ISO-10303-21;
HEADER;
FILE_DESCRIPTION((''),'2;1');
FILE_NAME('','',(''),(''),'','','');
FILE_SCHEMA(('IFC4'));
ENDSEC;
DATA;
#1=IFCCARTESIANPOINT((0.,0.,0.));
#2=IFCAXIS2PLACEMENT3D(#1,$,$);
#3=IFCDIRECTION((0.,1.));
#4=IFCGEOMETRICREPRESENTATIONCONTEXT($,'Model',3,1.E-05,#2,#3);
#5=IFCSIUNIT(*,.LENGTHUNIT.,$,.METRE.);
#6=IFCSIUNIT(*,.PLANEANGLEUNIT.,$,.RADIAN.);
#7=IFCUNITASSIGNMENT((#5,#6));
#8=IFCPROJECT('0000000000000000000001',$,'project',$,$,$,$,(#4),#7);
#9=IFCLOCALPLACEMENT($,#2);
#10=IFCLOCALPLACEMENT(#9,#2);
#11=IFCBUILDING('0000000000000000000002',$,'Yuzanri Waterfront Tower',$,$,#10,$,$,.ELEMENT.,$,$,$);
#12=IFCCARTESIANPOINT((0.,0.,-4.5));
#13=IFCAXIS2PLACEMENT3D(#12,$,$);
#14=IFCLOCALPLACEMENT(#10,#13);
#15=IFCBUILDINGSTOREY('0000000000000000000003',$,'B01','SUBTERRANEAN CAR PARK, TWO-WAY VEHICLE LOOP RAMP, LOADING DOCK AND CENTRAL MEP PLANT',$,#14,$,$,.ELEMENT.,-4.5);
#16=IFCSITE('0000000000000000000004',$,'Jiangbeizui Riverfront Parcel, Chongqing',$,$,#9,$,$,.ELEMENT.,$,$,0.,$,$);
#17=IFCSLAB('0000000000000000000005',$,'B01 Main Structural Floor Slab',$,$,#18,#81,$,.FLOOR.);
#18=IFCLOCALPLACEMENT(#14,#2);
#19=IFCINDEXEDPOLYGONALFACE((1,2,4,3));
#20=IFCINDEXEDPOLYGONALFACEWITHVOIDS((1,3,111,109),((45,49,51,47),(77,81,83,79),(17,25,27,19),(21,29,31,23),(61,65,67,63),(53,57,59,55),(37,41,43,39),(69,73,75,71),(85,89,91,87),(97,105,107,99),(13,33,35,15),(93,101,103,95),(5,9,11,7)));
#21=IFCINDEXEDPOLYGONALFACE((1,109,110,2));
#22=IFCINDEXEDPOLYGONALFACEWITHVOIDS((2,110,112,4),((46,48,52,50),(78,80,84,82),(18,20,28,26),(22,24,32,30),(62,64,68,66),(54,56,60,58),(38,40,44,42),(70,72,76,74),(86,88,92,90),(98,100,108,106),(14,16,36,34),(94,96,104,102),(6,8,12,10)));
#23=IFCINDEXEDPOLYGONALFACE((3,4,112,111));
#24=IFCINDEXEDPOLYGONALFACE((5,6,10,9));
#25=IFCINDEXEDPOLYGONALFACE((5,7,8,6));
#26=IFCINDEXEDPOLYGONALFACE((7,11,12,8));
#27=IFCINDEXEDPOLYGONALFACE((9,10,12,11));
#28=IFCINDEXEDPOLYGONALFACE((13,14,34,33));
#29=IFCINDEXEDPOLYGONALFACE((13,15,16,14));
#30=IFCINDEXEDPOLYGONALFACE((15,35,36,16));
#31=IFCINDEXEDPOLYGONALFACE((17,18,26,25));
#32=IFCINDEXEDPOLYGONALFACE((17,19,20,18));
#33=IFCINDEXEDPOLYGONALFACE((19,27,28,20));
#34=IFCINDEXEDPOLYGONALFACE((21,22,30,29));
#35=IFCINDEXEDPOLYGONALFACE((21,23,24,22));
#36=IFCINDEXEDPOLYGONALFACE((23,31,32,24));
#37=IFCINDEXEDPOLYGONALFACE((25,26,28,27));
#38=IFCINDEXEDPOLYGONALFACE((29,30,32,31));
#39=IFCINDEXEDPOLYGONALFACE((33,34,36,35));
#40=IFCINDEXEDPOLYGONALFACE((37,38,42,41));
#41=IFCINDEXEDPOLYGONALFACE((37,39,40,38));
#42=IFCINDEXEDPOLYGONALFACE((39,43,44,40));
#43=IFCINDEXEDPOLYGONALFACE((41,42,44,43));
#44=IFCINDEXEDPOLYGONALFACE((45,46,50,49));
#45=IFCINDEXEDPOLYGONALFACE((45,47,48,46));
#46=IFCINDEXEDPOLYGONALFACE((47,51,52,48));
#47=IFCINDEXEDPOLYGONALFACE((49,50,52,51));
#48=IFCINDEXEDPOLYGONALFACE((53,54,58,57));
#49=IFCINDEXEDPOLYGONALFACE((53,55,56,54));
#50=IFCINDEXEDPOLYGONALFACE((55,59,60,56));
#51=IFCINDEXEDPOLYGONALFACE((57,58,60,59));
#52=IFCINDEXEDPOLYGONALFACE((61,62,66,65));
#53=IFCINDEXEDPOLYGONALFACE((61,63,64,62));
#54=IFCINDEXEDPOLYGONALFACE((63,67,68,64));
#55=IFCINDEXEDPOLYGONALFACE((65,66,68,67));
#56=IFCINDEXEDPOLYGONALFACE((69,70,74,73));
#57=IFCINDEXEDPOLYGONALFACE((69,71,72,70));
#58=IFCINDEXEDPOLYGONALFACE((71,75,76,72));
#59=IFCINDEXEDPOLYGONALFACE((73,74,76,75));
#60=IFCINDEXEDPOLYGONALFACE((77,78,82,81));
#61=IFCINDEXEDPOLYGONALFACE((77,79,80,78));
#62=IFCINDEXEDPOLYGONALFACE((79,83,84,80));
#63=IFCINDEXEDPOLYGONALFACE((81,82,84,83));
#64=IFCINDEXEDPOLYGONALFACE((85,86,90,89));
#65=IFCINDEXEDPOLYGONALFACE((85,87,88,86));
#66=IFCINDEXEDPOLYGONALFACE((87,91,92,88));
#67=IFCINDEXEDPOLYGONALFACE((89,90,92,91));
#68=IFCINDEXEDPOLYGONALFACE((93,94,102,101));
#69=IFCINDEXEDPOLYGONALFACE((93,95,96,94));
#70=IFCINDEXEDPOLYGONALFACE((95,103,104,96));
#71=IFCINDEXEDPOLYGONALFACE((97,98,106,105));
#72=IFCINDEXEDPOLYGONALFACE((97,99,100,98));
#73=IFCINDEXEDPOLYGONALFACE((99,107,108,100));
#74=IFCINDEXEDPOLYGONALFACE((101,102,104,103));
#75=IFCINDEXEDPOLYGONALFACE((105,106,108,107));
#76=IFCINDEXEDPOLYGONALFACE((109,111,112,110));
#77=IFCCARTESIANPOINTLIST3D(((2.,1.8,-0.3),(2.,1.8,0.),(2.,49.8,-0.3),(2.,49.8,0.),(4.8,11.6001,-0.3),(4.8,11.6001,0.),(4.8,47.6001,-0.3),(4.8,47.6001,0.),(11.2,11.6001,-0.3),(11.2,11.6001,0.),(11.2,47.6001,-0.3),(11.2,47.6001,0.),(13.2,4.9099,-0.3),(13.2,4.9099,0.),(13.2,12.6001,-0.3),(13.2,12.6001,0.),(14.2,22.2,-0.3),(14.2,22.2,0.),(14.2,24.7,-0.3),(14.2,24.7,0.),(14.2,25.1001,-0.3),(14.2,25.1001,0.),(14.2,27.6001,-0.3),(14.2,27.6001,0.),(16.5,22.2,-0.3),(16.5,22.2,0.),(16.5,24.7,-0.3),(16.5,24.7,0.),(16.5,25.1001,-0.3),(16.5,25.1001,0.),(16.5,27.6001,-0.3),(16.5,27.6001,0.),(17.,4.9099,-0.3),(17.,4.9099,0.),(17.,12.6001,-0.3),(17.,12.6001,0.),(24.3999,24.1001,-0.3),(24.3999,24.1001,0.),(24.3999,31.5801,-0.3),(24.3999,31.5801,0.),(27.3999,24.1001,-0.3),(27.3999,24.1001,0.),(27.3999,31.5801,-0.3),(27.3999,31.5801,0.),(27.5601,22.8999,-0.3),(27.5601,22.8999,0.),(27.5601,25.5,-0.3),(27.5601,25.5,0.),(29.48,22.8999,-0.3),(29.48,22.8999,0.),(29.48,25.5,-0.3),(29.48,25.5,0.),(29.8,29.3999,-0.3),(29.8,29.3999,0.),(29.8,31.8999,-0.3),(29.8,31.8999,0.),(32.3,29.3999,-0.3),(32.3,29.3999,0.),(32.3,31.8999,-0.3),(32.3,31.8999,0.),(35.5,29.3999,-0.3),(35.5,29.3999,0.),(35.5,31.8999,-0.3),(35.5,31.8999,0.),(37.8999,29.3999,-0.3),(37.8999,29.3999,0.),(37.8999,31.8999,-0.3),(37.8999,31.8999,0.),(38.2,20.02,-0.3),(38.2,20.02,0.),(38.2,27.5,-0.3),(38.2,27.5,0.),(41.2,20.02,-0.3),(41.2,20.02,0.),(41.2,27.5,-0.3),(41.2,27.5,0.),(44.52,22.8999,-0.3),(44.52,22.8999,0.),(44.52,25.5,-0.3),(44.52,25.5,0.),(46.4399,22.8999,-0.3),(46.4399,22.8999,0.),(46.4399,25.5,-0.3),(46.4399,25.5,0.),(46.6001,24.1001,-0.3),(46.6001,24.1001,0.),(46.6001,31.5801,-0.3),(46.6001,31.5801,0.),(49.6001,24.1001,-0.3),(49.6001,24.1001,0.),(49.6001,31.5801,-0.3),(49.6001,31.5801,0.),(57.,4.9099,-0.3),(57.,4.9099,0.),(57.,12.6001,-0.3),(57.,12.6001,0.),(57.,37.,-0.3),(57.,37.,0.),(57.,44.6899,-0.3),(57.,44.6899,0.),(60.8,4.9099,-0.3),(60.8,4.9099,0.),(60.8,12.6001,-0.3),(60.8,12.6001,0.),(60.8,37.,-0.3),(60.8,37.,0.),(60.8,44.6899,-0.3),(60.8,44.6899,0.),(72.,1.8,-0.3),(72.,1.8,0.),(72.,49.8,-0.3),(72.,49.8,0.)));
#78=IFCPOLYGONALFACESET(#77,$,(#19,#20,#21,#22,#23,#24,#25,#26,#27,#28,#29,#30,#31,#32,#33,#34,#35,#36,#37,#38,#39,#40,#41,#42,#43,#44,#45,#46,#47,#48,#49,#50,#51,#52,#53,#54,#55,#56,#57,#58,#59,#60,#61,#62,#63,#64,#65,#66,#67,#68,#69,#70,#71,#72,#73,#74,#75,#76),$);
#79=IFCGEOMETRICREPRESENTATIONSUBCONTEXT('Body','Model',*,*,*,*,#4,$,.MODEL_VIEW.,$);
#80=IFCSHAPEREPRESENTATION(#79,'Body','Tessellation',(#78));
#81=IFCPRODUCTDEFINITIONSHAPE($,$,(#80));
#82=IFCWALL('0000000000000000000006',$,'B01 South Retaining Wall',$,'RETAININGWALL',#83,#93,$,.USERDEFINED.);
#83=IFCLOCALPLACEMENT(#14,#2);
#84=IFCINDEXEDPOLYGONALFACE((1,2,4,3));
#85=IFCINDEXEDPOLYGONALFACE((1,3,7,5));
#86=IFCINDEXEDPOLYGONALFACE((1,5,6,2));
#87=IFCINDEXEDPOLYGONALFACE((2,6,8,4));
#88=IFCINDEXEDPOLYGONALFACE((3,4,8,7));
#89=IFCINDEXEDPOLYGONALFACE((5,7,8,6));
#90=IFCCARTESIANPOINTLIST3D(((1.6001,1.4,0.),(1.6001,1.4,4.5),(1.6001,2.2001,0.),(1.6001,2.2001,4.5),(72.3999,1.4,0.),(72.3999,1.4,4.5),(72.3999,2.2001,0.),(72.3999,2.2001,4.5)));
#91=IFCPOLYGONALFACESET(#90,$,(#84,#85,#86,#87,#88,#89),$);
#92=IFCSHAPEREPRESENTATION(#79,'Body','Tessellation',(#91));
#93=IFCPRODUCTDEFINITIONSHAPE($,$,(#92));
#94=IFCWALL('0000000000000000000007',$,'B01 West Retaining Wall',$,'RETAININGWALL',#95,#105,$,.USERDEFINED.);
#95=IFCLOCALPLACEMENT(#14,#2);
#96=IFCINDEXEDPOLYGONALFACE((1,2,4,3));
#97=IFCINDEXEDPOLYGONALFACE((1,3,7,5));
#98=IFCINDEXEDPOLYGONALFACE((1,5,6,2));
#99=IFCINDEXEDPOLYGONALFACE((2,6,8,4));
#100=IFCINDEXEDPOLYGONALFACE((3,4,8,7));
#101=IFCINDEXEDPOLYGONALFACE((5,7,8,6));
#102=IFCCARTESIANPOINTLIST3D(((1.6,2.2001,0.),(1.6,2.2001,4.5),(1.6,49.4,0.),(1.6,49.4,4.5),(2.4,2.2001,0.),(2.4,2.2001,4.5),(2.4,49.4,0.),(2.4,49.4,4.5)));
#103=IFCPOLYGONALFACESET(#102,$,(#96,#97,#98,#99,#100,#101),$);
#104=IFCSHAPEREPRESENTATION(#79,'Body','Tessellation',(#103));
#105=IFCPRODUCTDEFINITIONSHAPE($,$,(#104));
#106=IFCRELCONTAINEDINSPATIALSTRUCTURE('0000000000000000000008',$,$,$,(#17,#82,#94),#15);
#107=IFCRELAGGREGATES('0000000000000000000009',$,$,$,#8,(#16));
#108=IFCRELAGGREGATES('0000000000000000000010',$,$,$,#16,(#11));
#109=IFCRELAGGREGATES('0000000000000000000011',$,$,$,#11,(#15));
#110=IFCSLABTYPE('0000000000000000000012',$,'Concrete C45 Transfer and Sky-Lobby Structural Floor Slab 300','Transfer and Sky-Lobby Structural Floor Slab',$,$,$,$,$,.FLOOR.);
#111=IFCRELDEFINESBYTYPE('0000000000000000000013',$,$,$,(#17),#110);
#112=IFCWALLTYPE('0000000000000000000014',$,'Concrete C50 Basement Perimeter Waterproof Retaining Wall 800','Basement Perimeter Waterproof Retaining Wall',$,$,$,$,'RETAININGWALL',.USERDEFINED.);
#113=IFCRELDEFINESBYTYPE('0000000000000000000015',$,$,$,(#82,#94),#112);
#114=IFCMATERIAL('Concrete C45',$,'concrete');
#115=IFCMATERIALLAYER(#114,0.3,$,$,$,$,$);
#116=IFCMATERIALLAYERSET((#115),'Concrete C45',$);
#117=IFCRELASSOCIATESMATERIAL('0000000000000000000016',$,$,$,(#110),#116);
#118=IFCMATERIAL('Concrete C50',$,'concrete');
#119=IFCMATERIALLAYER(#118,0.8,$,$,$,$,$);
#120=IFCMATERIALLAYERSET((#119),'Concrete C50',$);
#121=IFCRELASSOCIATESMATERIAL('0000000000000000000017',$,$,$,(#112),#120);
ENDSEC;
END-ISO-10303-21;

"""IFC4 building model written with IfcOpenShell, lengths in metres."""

from ifc_helpers import new_model, si_unit, direction, frame, frame_2d, origin, place, context, subcontext, project, spatial, polyline, rectangle, outline, extrude, source, transform, mapped, material, layer, layer_set, type_object, element, save


model = new_model("IFC4")

# Units and contexts
model_context = context("Model", 3, precision=1e-05, world=origin(), true_north=direction((0.0, 1.0)))
body_context = subcontext(model_context, "Body", "Model", "MODEL_VIEW")
ifc_project = project(units=[si_unit("LENGTHUNIT", "METRE"), si_unit("PLANEANGLEUNIT", "RADIAN")], contexts=[model_context])

# Site, building, storey
site_placement = place(None, origin())
site = spatial("IfcSite", under=ifc_project, at=site_placement, Name="Jiangbeizui Riverfront Parcel, Chongqing", CompositionType="ELEMENT", RefElevation=0.0)
building_placement = place(site_placement, origin())
building = spatial("IfcBuilding", under=site, at=building_placement, Name="Yuzanri Waterfront Tower", CompositionType="ELEMENT")
storey_placement = place(building_placement, frame((0.0, 0.0, -4.5)))
storey = spatial("IfcBuildingStorey", under=building, at=storey_placement, Name="B01", Description="SUBTERRANEAN CAR PARK, TWO-WAY VEHICLE LOOP RAMP, LOADING DOCK AND CENTRAL MEP PLANT", CompositionType="ELEMENT", Elevation=-4.5)

# Slab
ifc_material_1 = material(Name="Concrete C45", Category="concrete")
ifc_layer_1 = layer(ifc_material_1, 0.3)
ifc_layer_set_1 = layer_set([ifc_layer_1], Name="Concrete C45")
slab_type_1 = type_object("IfcSlabType", Name="Concrete C45 Transfer and Sky-Lobby Structural Floor Slab 300", Description="Transfer and Sky-Lobby Structural Floor Slab", PredefinedType="FLOOR", material=ifc_layer_set_1)
slab_1_placement = place(storey_placement, frame((0.0, 0.0, -0.3)))
element("IfcSlab", 1, at=slab_1_placement, inside=storey, type_object=slab_type_1, Name="B01 Main Structural Floor Slab", PredefinedType="FLOOR", context=body_context, shape_type="SweptSolid", body=[
    extrude(outline(polyline([(2.0, 1.8), (72.0, 1.8), (72.0, 49.8), (2.0, 49.8), (2.0, 1.8)]), holes=[polyline([(27.3999, 24.1001), (27.3999, 31.5801), (24.3999, 31.5801), (24.3999, 24.1001), (27.3999, 24.1001)]), polyline([(49.6001, 24.1001), (49.6001, 31.5801), (46.6001, 31.5801), (46.6001, 24.1001), (49.6001, 24.1001)]), polyline([(38.2, 27.5), (38.2, 20.02), (41.2, 20.02), (41.2, 27.5), (38.2, 27.5)]), polyline([(17.0, 4.9099), (17.0, 12.6001), (13.2, 12.6001), (13.2, 4.9099), (17.0, 4.9099)]), polyline([(60.8, 4.9099), (60.8, 12.6001), (57.0, 12.6001), (57.0, 4.9099), (60.8, 4.9099)]), polyline([(57.0, 44.6899), (57.0, 37.0), (60.8, 37.0), (60.8, 44.6899), (57.0, 44.6899)]), polyline([(27.5601, 22.8999), (29.48, 22.8999), (29.48, 25.5), (27.5601, 25.5), (27.5601, 22.8999)]), polyline([(44.52, 22.8999), (46.4399, 22.8999), (46.4399, 25.5), (44.52, 25.5), (44.52, 22.8999)]), polyline([(29.8, 29.3999), (32.3, 29.3999), (32.3, 31.8999), (29.8, 31.8999), (29.8, 29.3999)]), polyline([(35.5, 29.3999), (37.8999, 29.3999), (37.8999, 31.8999), (35.5, 31.8999), (35.5, 29.3999)]), polyline([(14.2, 22.2), (16.5, 22.2), (16.5, 24.7), (14.2, 24.7), (14.2, 22.2)]), polyline([(14.2, 25.1001), (16.5, 25.1001), (16.5, 27.6001), (14.2, 27.6001), (14.2, 25.1001)]), polyline([(4.8, 11.6001), (11.2, 11.6001), (11.2, 47.6001), (4.8, 47.6001), (4.8, 11.6001)])]), origin(), (0.0, 0.0, 1.0), 0.3),
])

# Walls
ifc_material_2 = material(Name="Concrete C50", Category="concrete")
ifc_layer_2 = layer(ifc_material_2, 0.8)
ifc_layer_set_2 = layer_set([ifc_layer_2], Name="Concrete C50")
wall_type = type_object("IfcWallType", Name="Concrete C50 Basement Perimeter Waterproof Retaining Wall 800", Description="Basement Perimeter Waterproof Retaining Wall", ElementType="RETAININGWALL", PredefinedType="USERDEFINED", material=ifc_layer_set_2)
shared_shape_1 = source(origin(), body_context, "Body", "SweptSolid", [
    extrude(rectangle(XDim=70.7998, YDim=0.8, at=frame_2d((35.3999, 0.0))), origin(), (0.0, 0.0, 1.0), 4.5),
])
wall_1_placement = place(storey_placement, frame((1.6001, 1.8, 0.0), z_axis=(0.0, 0.0, 1.0), x_axis=(1.0, 0.0, 0.0)))
element("IfcWall", 2, at=wall_1_placement, inside=storey, type_object=wall_type, Name="B01 South Retaining Wall", ObjectType="RETAININGWALL", PredefinedType="USERDEFINED", context=body_context, shape_type="MappedRepresentation", body=[
    mapped(shared_shape_1, transform((0.0, 0.0, 0.0), scale=1.0)),
])
shared_shape_2 = source(origin(), body_context, "Body", "SweptSolid", [
    extrude(rectangle(XDim=47.2, YDim=0.8, at=frame_2d((23.6001, 0.0))), origin(), (0.0, 0.0, 1.0), 4.5),
])
wall_2_placement = place(storey_placement, frame((2.0, 2.2, 0.0), z_axis=(0.0, 0.0, 1.0), x_axis=(0.0, 1.0, 0.0)))
element("IfcWall", 3, at=wall_2_placement, inside=storey, type_object=wall_type, Name="B01 West Retaining Wall", ObjectType="RETAININGWALL", PredefinedType="USERDEFINED", context=body_context, shape_type="MappedRepresentation", body=[
    mapped(shared_shape_2, transform((0.0, 0.0, 0.0), scale=1.0)),
])

save(model, "model.ifc")
